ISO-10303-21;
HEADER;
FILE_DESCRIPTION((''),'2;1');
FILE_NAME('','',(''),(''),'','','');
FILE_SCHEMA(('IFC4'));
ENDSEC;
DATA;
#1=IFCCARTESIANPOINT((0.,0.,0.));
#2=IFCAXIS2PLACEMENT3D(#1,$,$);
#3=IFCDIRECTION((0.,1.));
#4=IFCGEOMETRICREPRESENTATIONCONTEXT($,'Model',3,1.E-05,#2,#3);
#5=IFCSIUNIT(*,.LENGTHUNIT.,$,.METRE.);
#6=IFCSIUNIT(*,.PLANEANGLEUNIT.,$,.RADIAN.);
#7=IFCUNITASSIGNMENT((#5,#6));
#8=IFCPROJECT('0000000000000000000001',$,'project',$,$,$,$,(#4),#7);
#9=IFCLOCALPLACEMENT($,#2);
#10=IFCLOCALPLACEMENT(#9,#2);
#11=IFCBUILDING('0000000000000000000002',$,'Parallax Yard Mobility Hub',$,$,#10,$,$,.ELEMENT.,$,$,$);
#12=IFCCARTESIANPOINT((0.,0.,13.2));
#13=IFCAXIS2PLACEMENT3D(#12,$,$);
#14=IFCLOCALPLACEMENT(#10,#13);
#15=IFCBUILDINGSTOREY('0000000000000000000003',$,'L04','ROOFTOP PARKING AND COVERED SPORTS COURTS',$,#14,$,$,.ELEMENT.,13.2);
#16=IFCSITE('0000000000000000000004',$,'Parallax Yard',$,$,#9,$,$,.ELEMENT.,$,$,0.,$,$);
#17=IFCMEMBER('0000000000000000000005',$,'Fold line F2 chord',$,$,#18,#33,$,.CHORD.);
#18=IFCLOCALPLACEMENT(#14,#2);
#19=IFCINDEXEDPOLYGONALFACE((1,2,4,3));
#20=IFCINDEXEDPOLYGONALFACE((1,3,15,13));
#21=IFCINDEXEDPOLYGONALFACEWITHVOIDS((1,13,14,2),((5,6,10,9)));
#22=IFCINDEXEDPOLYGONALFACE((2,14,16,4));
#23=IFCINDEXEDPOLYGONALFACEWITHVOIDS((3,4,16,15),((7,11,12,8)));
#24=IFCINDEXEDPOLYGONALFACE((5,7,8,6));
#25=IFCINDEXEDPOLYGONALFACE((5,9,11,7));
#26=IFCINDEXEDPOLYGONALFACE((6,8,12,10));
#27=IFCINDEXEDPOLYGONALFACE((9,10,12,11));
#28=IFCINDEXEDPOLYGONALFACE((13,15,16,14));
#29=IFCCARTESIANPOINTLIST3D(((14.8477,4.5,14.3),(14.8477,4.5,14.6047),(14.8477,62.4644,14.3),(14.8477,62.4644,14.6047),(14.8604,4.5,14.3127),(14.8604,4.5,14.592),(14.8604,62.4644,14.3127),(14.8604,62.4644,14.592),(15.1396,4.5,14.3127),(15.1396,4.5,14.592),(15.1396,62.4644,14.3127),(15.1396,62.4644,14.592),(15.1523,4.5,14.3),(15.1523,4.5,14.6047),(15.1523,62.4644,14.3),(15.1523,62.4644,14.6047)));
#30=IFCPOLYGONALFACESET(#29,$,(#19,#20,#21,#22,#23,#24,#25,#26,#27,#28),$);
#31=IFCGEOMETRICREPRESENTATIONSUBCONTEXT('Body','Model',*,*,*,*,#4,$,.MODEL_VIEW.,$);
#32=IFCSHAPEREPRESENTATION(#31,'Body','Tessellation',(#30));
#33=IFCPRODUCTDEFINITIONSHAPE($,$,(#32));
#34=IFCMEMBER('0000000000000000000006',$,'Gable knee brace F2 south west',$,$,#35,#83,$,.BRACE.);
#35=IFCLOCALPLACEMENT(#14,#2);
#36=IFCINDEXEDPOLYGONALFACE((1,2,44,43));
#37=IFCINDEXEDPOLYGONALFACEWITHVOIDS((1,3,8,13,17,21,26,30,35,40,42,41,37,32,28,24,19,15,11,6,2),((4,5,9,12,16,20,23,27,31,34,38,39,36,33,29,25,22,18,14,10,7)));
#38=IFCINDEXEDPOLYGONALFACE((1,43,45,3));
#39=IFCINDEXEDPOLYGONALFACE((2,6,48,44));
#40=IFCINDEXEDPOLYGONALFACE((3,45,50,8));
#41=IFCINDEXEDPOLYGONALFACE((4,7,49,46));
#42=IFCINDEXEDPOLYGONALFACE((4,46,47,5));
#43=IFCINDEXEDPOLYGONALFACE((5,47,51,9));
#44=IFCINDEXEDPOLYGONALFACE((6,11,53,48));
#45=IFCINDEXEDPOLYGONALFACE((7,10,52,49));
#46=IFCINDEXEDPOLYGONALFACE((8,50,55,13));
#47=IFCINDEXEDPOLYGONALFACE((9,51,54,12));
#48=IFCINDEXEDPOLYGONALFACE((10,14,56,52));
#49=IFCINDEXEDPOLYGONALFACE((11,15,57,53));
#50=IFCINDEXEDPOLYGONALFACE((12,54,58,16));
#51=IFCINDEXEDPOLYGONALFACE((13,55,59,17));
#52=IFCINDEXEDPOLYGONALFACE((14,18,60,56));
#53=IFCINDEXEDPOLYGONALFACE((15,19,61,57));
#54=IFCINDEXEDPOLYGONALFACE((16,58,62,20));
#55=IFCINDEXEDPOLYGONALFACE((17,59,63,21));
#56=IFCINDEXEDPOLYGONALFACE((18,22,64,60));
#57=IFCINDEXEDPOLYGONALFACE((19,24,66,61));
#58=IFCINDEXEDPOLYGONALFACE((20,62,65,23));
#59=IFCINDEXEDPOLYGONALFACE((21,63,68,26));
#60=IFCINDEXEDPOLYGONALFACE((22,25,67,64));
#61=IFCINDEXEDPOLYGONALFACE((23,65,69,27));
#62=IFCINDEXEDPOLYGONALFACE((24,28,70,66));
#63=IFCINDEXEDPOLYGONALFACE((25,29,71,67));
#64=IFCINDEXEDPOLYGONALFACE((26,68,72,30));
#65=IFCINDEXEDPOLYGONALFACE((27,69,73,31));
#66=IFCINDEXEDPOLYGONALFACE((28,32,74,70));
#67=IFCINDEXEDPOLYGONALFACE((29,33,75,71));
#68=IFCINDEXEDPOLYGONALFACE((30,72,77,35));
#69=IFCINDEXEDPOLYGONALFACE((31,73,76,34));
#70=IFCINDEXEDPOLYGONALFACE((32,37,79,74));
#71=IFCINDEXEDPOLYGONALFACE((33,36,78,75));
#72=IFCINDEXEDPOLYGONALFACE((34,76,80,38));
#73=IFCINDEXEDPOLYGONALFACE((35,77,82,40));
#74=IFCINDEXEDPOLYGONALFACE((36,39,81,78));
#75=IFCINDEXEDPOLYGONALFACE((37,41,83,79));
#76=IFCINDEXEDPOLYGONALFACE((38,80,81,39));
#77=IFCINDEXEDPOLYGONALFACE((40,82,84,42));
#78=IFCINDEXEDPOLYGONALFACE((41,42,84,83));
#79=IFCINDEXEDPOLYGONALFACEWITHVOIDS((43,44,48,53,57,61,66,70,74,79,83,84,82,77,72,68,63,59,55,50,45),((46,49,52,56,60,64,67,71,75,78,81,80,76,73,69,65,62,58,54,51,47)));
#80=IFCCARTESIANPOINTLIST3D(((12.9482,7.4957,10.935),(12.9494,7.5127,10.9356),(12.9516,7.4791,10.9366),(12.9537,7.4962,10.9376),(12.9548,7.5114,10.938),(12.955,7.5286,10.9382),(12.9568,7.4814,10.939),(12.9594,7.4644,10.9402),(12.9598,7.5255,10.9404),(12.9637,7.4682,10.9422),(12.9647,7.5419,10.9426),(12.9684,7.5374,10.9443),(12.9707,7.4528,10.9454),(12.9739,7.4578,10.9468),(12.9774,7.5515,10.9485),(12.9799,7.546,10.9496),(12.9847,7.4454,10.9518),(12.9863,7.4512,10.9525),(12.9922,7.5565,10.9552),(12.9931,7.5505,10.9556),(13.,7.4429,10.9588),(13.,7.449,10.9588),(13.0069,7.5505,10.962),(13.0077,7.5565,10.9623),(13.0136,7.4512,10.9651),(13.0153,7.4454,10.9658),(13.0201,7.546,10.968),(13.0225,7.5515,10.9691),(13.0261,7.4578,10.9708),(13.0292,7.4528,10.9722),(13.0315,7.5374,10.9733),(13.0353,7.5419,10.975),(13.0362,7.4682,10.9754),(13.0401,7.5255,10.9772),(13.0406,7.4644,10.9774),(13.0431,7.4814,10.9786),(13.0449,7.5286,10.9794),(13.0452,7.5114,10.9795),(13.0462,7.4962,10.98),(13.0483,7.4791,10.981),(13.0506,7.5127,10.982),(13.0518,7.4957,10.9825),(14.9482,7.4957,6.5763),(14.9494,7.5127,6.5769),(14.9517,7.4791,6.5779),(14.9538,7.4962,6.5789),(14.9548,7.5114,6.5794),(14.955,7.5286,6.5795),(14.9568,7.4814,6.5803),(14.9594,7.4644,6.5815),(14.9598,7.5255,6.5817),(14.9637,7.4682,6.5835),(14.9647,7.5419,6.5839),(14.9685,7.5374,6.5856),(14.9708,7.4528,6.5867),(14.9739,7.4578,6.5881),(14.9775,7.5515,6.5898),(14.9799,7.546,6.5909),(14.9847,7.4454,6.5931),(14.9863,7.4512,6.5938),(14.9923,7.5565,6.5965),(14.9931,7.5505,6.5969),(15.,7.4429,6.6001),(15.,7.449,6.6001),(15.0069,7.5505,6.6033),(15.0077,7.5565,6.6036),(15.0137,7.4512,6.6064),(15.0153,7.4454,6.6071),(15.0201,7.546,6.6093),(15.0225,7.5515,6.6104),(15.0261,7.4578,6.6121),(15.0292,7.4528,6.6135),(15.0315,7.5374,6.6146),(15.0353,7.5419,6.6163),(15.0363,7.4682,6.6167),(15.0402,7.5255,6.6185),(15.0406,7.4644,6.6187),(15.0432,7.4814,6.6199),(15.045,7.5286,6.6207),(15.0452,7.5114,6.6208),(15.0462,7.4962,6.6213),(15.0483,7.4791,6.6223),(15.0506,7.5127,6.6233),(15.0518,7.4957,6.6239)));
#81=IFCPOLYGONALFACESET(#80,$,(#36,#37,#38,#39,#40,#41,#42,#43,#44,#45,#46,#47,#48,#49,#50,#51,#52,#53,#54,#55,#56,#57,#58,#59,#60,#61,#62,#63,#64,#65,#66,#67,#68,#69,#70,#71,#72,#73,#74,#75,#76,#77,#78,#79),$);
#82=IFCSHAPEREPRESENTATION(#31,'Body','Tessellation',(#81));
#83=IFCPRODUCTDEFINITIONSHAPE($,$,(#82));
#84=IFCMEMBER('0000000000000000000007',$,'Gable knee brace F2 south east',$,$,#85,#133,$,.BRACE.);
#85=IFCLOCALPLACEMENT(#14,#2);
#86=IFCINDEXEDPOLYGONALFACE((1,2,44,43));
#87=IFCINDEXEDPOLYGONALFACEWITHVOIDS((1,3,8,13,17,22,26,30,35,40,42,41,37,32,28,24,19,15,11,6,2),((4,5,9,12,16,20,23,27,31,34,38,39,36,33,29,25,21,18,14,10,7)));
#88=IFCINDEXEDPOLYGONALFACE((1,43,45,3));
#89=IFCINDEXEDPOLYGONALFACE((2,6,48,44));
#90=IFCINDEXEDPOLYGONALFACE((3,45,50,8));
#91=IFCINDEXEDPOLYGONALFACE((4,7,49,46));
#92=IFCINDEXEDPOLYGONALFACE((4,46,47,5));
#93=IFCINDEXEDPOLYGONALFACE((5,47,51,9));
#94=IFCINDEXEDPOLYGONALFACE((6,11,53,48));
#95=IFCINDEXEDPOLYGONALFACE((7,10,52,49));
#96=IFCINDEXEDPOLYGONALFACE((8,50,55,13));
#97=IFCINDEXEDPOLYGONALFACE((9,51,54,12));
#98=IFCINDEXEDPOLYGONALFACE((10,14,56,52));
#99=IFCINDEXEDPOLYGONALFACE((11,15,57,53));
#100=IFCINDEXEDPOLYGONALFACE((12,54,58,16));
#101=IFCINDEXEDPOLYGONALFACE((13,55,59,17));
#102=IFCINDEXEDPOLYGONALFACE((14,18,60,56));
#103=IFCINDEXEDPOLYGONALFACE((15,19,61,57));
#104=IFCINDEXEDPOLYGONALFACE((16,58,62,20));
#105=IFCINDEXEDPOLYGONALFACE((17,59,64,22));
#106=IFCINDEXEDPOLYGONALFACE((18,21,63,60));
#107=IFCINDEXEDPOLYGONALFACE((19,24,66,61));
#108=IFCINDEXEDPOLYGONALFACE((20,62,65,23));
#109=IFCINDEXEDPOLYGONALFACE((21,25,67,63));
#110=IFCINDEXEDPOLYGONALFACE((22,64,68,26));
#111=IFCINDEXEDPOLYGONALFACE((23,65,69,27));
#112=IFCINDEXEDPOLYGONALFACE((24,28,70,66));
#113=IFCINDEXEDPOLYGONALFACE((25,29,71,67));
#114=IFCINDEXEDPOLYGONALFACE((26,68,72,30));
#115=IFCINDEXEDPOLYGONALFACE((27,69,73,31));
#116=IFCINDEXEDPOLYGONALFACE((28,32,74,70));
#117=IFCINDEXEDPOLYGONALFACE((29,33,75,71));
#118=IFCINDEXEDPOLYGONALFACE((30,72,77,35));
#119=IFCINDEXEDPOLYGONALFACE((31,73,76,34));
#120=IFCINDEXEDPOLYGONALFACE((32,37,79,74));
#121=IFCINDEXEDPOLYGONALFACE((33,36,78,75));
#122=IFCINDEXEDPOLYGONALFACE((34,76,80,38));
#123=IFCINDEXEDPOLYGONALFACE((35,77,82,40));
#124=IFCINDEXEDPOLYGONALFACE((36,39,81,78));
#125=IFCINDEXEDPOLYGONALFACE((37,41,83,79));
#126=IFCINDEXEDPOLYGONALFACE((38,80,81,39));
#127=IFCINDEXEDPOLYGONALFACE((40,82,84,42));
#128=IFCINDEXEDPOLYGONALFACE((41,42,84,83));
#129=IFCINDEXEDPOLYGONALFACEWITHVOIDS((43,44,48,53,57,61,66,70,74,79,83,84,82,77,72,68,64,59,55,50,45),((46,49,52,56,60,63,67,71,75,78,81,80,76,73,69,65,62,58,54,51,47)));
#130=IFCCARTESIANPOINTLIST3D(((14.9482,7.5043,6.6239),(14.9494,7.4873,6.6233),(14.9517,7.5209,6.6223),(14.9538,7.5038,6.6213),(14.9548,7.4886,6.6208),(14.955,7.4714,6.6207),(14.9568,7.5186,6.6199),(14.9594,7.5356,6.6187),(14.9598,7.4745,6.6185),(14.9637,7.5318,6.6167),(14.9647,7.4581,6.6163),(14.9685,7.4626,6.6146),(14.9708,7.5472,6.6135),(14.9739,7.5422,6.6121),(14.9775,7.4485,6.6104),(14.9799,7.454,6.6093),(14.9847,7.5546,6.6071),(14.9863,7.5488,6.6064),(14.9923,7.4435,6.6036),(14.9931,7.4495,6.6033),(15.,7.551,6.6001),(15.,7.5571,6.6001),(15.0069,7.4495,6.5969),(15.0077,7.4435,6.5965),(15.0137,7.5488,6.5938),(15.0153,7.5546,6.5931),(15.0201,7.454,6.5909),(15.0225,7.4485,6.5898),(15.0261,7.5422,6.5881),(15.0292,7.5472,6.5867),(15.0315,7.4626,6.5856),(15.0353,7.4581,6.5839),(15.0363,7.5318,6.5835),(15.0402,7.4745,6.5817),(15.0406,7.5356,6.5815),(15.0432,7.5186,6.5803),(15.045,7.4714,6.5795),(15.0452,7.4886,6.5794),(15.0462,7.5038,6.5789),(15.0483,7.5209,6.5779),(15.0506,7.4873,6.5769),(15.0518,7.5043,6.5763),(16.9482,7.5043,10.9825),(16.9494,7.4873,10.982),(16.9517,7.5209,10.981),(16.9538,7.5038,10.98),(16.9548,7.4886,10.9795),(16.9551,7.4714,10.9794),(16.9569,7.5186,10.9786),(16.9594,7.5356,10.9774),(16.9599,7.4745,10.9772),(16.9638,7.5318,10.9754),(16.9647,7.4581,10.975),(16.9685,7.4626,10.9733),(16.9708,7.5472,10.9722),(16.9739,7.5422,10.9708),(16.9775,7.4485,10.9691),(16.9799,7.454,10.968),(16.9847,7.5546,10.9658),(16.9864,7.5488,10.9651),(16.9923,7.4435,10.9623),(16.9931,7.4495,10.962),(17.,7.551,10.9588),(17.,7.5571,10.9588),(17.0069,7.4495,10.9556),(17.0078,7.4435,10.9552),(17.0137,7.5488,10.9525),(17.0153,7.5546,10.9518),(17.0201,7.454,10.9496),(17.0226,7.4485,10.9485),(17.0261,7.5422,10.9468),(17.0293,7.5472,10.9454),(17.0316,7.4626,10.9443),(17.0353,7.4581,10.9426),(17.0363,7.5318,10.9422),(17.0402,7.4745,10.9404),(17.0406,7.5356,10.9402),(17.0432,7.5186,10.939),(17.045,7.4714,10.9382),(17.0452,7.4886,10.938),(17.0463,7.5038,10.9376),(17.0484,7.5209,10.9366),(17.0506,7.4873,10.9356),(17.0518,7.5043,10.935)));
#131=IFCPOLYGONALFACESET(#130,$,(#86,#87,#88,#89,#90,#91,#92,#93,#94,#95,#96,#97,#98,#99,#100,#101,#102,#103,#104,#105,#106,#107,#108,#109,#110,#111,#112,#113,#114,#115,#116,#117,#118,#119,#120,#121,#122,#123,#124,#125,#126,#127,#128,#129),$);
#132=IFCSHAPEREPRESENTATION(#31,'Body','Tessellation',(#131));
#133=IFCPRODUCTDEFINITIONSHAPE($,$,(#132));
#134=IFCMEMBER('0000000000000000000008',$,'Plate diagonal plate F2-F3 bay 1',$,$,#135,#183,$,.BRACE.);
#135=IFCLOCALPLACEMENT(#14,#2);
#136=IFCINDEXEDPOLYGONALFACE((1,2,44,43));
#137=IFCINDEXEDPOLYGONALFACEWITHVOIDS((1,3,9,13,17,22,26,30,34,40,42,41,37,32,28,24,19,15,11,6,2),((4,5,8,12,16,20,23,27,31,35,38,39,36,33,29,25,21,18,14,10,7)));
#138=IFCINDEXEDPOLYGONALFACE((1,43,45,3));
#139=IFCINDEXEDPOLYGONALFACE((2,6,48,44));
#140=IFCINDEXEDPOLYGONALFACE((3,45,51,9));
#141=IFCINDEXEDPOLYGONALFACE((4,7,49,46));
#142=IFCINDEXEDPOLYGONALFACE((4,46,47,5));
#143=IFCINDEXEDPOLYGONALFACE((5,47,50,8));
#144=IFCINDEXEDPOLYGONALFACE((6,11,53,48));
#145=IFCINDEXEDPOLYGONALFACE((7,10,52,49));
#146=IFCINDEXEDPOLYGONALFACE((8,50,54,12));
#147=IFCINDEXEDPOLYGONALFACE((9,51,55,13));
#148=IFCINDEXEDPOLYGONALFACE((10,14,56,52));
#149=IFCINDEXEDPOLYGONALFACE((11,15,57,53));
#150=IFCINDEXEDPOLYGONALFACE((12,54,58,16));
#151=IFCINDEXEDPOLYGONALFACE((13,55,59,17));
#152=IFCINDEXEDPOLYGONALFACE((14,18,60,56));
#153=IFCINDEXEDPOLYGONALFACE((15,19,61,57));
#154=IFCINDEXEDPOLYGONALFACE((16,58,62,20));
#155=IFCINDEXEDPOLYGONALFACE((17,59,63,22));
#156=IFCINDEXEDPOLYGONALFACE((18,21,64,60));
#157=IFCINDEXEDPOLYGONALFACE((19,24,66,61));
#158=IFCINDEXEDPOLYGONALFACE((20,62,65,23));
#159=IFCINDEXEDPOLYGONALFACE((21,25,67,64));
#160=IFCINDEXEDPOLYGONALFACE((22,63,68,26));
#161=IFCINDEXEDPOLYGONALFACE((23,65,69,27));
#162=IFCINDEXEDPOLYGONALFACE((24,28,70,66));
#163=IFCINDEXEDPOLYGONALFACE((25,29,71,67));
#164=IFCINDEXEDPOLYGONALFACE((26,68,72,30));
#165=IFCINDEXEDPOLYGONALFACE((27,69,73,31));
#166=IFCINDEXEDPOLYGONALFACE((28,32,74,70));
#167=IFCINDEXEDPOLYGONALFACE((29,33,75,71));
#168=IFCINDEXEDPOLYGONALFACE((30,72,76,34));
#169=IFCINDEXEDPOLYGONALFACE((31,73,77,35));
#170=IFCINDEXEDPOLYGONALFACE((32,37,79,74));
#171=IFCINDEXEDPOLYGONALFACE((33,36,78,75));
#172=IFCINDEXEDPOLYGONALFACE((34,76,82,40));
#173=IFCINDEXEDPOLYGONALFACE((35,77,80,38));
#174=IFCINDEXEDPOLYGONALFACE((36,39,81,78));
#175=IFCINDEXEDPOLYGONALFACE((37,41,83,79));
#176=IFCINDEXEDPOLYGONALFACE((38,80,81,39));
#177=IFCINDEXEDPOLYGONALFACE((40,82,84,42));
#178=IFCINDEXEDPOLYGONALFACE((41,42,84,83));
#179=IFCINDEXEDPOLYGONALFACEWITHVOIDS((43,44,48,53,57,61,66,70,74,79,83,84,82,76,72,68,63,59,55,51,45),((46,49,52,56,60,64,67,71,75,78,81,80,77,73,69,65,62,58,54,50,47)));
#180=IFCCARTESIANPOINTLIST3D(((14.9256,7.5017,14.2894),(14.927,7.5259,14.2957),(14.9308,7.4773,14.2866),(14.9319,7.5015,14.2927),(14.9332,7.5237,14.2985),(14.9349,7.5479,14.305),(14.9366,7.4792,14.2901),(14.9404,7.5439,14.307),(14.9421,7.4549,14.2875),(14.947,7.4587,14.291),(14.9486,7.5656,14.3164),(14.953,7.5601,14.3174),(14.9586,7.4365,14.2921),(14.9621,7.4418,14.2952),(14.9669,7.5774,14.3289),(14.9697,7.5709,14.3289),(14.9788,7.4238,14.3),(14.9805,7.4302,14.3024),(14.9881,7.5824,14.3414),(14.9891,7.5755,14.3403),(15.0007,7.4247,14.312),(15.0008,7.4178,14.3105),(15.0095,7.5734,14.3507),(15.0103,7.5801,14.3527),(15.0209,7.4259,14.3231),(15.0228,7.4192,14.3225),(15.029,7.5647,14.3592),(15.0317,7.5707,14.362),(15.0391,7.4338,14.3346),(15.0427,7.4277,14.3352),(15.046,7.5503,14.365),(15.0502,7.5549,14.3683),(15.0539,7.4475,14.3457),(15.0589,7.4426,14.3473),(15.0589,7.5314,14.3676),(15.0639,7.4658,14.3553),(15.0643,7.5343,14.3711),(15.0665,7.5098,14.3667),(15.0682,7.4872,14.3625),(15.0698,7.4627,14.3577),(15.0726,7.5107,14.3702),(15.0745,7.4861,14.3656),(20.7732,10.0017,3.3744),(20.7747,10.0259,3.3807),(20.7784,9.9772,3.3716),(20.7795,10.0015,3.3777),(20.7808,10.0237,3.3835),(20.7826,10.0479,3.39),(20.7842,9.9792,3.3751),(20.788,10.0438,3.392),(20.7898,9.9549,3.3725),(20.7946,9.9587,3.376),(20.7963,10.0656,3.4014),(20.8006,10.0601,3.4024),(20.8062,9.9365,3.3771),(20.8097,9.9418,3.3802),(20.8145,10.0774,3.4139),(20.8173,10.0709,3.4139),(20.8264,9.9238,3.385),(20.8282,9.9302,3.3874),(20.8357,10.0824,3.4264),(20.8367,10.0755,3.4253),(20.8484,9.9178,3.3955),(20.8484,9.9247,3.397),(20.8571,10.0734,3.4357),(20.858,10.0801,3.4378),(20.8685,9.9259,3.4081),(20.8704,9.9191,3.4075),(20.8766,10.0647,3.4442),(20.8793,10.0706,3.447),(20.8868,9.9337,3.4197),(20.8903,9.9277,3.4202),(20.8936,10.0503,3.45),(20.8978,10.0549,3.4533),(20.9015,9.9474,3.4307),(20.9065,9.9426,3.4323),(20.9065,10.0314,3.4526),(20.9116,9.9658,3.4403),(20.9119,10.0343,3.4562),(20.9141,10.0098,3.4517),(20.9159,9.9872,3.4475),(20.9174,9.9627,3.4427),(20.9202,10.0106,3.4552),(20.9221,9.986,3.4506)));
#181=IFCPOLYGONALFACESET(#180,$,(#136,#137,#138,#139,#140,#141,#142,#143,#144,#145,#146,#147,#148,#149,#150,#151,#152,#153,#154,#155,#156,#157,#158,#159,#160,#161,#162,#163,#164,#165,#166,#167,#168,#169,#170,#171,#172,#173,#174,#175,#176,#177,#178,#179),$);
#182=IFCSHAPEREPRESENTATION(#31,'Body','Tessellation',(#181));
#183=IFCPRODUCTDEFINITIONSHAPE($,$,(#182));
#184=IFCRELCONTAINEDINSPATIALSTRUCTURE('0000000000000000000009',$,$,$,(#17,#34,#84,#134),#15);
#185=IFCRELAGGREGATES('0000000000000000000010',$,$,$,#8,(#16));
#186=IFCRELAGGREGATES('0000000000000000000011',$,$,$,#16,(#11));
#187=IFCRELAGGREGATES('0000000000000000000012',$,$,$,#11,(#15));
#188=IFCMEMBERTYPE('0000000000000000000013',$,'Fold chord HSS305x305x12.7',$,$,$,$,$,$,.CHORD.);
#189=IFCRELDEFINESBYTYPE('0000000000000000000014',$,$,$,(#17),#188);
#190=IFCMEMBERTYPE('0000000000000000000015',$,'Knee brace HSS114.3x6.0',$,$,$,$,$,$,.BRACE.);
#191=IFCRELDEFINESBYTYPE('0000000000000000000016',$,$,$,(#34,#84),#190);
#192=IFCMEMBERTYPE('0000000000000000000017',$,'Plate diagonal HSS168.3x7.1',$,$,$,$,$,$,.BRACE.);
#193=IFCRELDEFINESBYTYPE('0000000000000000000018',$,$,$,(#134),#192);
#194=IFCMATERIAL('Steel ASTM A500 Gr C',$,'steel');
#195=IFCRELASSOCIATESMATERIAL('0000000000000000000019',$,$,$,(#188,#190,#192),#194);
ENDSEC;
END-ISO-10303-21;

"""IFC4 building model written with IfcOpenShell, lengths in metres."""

from ifc_helpers import new_model, si_unit, direction, frame, origin, origin_2d, place, context, subcontext, project, spatial, hollow_rectangle, hollow_circle, extrude, material, material_profile, profile_set, type_object, element, save


model = new_model("IFC4")

# Units and contexts
model_context = context("Model", 3, precision=1e-05, world=origin(), true_north=direction((0.0, 1.0)))
body_context = subcontext(model_context, "Body", "Model", "MODEL_VIEW")
ifc_project = project(units=[si_unit("LENGTHUNIT", "METRE"), si_unit("PLANEANGLEUNIT", "RADIAN")], contexts=[model_context])

# Site, building, storey
site_placement = place(None, origin())
site = spatial("IfcSite", under=ifc_project, at=site_placement, Name="Parallax Yard", CompositionType="ELEMENT", RefElevation=0.0)
building_placement = place(site_placement, origin())
building = spatial("IfcBuilding", under=site, at=building_placement, Name="Parallax Yard Mobility Hub", CompositionType="ELEMENT")
storey_placement = place(building_placement, frame((0.0, 0.0, 13.2)))
storey = spatial("IfcBuildingStorey", under=building, at=storey_placement, Name="L04", Description="ROOFTOP PARKING AND COVERED SPORTS COURTS", CompositionType="ELEMENT", Elevation=13.2)

# Members
ifc_material_1 = material(Name="Steel ASTM A500 Gr C", Category="steel")
ifc_material_profile_1 = material_profile(ifc_material_1, hollow_rectangle(XDim=0.3047, YDim=0.3047, WallThickness=0.0127, at=origin_2d()), Name="HSS305x305x12.7")
ifc_profile_set_1 = profile_set([ifc_material_profile_1], Name="Steel ASTM A500 Gr C")
member_type_1 = type_object("IfcMemberType", Name="Fold chord HSS305x305x12.7", PredefinedType="CHORD", material=ifc_profile_set_1)
member_1_placement = place(storey_placement, frame((15.0, 4.5, 14.4524), z_axis=(0.0, 1.0, 0.0), x_axis=(-1.0, 0.0, 0.0)))
element("IfcMember", 1, at=member_1_placement, inside=storey, type_object=member_type_1, Name="Fold line F2 chord", PredefinedType="CHORD", context=body_context, shape_type="SweptSolid", body=[
    extrude(hollow_rectangle(XDim=0.3047, YDim=0.3047, WallThickness=0.0127, at=origin_2d()), origin(), (0.0, 0.0, 1.0), 57.9644),
])
ifc_material_profile_2 = material_profile(ifc_material_1, hollow_circle(Radius=0.0571, WallThickness=0.0061, at=origin_2d()), Name="HSS114.3x6.0")
ifc_profile_set_2 = profile_set([ifc_material_profile_2], Name="Steel ASTM A500 Gr C")
member_type_2 = type_object("IfcMemberType", Name="Knee brace HSS114.3x6.0", PredefinedType="BRACE", material=ifc_profile_set_2)
for number, where, z_axis, x_axis, name in (
    (2, (15.0, 7.5, 6.6001), (-0.417049, 0.0, 0.908884), (0.0, -1.0, 0.0), "Gable knee brace F2 south west"),
    (3, (15.0, 7.5, 6.6001), (0.417049, 0.0, 0.908884), (0.0, 1.0, 0.0), "Gable knee brace F2 south east"),
):
    element("IfcMember", number, at=place(storey_placement, frame(where, z_axis=z_axis, x_axis=x_axis)), inside=storey, type_object=member_type_2, Name=name, PredefinedType="BRACE", context=body_context, shape_type="SweptSolid", body=[
        extrude(hollow_circle(Radius=0.0571, WallThickness=0.0061, at=origin_2d()), origin(), (0.0, 0.0, 1.0), 4.7957),
    ])
ifc_material_profile_3 = material_profile(ifc_material_1, hollow_circle(Radius=0.0842, WallThickness=0.0071, at=origin_2d()), Name="HSS168.3x7.1")
ifc_profile_set_3 = profile_set([ifc_material_profile_3], Name="Steel ASTM A500 Gr C")
member_type_3 = type_object("IfcMemberType", Name="Plate diagonal HSS168.3x7.1", PredefinedType="BRACE", material=ifc_profile_set_3)
member_2_placement = place(storey_placement, frame((15.0, 7.5, 14.3289), z_axis=(0.462901, 0.1979, -0.864036), x_axis=(-0.393104, 0.919494, 0.0)))
element("IfcMember", 4, at=member_2_placement, inside=storey, type_object=member_type_3, Name="Plate diagonal plate F2-F3 bay 1", PredefinedType="BRACE", context=body_context, shape_type="SweptSolid", body=[
    extrude(hollow_circle(Radius=0.0842, WallThickness=0.0071, at=origin_2d()), origin(), (0.0, 0.0, 1.0), 12.6326),
])

save(model, "model.ifc")
